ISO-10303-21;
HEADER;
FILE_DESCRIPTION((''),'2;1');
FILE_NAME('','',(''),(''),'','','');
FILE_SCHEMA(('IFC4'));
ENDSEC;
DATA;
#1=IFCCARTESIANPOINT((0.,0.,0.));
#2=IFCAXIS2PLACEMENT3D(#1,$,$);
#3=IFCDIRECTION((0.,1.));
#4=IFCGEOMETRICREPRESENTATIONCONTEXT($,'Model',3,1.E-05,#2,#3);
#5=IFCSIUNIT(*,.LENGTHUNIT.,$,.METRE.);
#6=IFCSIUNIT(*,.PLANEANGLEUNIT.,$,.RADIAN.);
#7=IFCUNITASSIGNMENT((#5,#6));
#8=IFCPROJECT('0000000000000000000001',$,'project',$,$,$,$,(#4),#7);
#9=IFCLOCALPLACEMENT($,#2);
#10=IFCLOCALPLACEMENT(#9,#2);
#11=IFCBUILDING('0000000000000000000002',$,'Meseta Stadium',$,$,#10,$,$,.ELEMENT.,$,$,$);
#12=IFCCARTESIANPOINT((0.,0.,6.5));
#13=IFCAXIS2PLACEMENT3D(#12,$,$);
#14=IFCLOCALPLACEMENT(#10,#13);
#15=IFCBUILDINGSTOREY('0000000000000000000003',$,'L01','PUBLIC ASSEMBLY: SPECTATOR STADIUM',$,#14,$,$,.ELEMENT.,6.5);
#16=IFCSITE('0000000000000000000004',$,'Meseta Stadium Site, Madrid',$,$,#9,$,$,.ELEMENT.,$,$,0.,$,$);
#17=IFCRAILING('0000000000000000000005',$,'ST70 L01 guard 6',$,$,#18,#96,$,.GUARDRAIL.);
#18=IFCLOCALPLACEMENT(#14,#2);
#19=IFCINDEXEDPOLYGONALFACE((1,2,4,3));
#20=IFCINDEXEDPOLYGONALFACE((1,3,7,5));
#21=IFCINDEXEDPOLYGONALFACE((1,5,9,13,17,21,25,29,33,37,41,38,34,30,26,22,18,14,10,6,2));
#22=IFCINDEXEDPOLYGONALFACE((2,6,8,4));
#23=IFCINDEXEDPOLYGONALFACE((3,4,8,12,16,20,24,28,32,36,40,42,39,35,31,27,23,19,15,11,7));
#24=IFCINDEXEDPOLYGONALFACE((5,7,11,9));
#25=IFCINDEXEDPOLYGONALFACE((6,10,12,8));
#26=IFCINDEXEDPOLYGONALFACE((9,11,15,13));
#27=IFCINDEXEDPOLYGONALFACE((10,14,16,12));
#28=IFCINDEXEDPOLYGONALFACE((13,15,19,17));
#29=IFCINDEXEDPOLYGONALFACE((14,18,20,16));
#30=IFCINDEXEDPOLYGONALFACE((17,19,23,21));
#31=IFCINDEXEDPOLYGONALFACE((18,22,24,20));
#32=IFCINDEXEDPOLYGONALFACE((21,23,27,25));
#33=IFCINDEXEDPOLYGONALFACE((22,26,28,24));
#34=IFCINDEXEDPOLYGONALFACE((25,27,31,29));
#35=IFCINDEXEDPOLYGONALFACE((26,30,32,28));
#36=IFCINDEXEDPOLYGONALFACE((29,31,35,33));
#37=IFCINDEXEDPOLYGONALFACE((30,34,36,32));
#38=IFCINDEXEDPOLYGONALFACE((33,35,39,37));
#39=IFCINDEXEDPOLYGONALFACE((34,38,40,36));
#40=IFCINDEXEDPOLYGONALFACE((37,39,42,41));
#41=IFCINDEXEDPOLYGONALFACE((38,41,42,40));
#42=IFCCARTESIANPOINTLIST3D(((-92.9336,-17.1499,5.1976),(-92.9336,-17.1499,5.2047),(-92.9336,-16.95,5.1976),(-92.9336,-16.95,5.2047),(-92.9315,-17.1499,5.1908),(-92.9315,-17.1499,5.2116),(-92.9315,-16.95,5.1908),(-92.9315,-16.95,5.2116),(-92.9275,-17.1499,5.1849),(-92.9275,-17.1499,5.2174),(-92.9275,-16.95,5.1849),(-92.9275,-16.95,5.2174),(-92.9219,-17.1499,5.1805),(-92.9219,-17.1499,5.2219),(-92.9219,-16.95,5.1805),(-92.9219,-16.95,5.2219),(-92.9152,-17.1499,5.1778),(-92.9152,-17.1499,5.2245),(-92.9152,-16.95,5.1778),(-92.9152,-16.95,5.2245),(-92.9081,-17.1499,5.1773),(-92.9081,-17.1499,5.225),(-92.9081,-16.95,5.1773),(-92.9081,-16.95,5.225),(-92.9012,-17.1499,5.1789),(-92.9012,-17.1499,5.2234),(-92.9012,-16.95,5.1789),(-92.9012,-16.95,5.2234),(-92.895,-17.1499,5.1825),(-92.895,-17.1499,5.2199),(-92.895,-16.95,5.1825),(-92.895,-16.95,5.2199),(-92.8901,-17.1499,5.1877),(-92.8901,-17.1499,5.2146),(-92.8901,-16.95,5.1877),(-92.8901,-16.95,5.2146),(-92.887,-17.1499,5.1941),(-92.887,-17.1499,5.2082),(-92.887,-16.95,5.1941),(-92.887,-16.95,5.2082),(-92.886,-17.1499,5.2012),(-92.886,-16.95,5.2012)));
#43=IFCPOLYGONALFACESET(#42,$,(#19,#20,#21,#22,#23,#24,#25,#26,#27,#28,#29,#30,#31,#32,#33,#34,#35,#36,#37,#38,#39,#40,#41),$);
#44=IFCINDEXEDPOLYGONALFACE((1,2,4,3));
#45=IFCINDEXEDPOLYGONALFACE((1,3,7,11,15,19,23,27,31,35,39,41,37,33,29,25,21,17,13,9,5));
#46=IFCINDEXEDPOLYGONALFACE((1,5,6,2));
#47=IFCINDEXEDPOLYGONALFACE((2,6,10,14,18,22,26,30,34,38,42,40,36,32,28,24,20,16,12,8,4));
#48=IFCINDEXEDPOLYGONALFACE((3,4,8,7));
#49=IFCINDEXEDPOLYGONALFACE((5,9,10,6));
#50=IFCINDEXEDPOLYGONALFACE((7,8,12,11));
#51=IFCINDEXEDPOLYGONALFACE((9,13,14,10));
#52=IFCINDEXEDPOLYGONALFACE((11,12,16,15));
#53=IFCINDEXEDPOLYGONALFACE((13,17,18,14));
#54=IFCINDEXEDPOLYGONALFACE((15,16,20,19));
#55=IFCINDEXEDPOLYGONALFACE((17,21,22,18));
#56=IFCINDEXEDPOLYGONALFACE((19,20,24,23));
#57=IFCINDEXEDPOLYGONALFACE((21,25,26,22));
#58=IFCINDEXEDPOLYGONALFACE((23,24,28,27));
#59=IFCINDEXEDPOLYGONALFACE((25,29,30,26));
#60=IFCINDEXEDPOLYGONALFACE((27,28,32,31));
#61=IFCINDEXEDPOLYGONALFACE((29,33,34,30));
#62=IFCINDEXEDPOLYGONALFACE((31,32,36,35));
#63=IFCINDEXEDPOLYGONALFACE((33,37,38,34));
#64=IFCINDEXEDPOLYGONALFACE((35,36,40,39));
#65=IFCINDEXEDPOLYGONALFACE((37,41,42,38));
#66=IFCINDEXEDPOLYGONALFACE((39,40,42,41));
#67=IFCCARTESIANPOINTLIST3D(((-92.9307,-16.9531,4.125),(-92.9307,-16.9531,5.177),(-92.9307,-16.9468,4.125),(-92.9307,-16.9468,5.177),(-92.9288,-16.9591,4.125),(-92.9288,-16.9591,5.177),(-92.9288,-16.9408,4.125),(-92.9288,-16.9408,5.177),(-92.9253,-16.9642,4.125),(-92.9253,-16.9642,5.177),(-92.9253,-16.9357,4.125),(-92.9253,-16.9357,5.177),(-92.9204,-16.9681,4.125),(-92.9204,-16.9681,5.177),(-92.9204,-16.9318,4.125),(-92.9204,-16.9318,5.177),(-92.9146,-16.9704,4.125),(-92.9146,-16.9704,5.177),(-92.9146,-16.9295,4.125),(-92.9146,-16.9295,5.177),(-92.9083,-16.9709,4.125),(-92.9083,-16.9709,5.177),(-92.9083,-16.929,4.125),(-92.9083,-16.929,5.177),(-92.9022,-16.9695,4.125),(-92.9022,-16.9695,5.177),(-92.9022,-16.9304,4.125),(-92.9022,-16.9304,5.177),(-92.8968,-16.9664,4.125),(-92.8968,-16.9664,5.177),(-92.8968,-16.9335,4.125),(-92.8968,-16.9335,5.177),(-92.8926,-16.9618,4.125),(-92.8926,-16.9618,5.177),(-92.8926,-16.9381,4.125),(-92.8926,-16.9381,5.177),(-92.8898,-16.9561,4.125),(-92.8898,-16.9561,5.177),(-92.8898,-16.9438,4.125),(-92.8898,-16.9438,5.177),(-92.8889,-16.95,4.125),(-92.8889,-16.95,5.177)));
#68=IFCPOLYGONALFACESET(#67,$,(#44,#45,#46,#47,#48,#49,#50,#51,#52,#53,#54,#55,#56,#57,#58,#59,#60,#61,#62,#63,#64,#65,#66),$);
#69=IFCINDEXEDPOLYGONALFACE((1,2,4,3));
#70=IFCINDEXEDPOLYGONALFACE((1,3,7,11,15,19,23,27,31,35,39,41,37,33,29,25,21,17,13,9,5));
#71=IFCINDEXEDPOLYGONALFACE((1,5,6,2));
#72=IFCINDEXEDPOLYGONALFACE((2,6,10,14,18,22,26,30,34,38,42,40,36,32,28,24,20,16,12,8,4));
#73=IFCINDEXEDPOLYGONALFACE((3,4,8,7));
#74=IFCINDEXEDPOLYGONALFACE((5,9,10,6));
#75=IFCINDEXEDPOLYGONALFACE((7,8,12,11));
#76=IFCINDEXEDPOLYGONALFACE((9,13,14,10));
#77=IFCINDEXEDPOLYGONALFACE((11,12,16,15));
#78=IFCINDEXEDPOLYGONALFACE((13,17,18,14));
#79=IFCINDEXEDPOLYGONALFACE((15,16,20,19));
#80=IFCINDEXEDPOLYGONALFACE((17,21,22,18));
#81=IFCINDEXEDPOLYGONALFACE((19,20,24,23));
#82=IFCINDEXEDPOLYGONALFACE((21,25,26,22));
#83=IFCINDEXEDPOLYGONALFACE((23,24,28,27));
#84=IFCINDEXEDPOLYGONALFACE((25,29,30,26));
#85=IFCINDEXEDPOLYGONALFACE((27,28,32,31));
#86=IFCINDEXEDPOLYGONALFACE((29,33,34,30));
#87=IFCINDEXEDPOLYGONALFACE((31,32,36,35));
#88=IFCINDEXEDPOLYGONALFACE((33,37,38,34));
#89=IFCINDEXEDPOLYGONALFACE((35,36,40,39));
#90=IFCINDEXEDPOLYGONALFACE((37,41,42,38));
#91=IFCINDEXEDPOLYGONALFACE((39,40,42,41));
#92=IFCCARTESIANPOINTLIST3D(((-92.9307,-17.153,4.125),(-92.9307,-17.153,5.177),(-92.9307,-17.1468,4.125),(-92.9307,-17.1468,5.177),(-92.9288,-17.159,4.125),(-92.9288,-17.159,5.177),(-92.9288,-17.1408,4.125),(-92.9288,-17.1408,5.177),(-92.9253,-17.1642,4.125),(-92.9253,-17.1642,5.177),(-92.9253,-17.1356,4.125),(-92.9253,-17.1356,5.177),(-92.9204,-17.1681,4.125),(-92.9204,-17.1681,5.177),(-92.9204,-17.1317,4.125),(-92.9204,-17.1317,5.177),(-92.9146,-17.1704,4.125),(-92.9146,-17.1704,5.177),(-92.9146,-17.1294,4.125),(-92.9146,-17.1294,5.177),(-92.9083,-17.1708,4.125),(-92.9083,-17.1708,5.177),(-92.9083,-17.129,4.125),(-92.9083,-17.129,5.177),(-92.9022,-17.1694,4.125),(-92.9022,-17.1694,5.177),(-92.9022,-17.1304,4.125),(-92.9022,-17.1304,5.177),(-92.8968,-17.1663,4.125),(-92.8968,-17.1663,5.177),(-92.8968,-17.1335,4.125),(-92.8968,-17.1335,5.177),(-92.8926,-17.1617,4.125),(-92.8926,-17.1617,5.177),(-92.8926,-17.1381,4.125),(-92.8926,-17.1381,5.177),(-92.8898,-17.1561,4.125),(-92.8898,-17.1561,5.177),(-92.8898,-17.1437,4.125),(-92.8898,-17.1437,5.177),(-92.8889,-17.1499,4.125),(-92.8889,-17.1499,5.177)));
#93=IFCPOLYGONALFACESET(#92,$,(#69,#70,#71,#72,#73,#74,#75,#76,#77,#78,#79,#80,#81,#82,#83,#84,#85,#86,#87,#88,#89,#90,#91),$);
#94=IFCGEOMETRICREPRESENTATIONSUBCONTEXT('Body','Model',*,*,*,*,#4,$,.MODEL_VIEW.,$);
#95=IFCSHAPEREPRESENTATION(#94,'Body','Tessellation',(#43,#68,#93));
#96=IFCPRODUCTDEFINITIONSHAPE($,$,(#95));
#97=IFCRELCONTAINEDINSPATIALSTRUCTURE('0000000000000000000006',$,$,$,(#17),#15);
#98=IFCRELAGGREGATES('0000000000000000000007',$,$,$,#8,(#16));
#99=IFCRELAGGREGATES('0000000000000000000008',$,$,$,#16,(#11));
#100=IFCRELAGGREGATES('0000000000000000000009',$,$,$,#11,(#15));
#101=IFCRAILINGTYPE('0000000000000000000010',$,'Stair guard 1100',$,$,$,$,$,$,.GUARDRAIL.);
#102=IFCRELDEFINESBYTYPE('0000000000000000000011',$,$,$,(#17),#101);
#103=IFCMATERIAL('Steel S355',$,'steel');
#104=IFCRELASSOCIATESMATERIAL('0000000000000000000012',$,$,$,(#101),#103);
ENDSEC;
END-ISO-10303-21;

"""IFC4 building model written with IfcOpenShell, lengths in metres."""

from ifc_helpers import new_model, si_unit, direction, frame, origin, origin_2d, place, context, subcontext, project, spatial, circle, extrude, material, type_object, element, save


model = new_model("IFC4")

# Units and contexts
model_context = context("Model", 3, precision=1e-05, world=origin(), true_north=direction((0.0, 1.0)))
body_context = subcontext(model_context, "Body", "Model", "MODEL_VIEW")
ifc_project = project(units=[si_unit("LENGTHUNIT", "METRE"), si_unit("PLANEANGLEUNIT", "RADIAN")], contexts=[model_context])

# Site, building, storey
site_placement = place(None, origin())
site = spatial("IfcSite", under=ifc_project, at=site_placement, Name="Meseta Stadium Site, Madrid", CompositionType="ELEMENT", RefElevation=0.0)
building_placement = place(site_placement, origin())
building = spatial("IfcBuilding", under=site, at=building_placement, Name="Meseta Stadium", CompositionType="ELEMENT")
storey_placement = place(building_placement, frame((0.0, 0.0, 6.5)))
storey = spatial("IfcBuildingStorey", under=building, at=storey_placement, Name="L01", Description="PUBLIC ASSEMBLY: SPECTATOR STADIUM", CompositionType="ELEMENT", Elevation=6.5)

# Railing
ifc_material_1 = material(Name="Steel S355", Category="steel")
railing_type_1 = type_object("IfcRailingType", Name="Stair guard 1100", PredefinedType="GUARDRAIL", material=ifc_material_1)
railing_1_placement = place(storey_placement, frame((-92.9099, -16.95, 4.125)))
element("IfcRailing", 1, at=railing_1_placement, inside=storey, type_object=railing_type_1, Name="ST70 L01 guard 6", PredefinedType="GUARDRAIL", context=body_context, shape_type="SweptSolid", body=[
    extrude(circle(Radius=0.0239, at=origin_2d()), frame((0.0, 0.0, 1.0762), z_axis=(0.0, -1.0, 0.0), x_axis=(1.0, 0.0, 0.0)), (0.0, 0.0, 1.0), 0.2),
    extrude(circle(Radius=0.021, at=origin_2d()), origin(), (0.0, 0.0, 1.0), 1.052),
    extrude(circle(Radius=0.021, at=origin_2d()), frame((0.0, -0.2, 0.0)), (0.0, 0.0, 1.0), 1.052),
])

save(model, "model.ifc")
